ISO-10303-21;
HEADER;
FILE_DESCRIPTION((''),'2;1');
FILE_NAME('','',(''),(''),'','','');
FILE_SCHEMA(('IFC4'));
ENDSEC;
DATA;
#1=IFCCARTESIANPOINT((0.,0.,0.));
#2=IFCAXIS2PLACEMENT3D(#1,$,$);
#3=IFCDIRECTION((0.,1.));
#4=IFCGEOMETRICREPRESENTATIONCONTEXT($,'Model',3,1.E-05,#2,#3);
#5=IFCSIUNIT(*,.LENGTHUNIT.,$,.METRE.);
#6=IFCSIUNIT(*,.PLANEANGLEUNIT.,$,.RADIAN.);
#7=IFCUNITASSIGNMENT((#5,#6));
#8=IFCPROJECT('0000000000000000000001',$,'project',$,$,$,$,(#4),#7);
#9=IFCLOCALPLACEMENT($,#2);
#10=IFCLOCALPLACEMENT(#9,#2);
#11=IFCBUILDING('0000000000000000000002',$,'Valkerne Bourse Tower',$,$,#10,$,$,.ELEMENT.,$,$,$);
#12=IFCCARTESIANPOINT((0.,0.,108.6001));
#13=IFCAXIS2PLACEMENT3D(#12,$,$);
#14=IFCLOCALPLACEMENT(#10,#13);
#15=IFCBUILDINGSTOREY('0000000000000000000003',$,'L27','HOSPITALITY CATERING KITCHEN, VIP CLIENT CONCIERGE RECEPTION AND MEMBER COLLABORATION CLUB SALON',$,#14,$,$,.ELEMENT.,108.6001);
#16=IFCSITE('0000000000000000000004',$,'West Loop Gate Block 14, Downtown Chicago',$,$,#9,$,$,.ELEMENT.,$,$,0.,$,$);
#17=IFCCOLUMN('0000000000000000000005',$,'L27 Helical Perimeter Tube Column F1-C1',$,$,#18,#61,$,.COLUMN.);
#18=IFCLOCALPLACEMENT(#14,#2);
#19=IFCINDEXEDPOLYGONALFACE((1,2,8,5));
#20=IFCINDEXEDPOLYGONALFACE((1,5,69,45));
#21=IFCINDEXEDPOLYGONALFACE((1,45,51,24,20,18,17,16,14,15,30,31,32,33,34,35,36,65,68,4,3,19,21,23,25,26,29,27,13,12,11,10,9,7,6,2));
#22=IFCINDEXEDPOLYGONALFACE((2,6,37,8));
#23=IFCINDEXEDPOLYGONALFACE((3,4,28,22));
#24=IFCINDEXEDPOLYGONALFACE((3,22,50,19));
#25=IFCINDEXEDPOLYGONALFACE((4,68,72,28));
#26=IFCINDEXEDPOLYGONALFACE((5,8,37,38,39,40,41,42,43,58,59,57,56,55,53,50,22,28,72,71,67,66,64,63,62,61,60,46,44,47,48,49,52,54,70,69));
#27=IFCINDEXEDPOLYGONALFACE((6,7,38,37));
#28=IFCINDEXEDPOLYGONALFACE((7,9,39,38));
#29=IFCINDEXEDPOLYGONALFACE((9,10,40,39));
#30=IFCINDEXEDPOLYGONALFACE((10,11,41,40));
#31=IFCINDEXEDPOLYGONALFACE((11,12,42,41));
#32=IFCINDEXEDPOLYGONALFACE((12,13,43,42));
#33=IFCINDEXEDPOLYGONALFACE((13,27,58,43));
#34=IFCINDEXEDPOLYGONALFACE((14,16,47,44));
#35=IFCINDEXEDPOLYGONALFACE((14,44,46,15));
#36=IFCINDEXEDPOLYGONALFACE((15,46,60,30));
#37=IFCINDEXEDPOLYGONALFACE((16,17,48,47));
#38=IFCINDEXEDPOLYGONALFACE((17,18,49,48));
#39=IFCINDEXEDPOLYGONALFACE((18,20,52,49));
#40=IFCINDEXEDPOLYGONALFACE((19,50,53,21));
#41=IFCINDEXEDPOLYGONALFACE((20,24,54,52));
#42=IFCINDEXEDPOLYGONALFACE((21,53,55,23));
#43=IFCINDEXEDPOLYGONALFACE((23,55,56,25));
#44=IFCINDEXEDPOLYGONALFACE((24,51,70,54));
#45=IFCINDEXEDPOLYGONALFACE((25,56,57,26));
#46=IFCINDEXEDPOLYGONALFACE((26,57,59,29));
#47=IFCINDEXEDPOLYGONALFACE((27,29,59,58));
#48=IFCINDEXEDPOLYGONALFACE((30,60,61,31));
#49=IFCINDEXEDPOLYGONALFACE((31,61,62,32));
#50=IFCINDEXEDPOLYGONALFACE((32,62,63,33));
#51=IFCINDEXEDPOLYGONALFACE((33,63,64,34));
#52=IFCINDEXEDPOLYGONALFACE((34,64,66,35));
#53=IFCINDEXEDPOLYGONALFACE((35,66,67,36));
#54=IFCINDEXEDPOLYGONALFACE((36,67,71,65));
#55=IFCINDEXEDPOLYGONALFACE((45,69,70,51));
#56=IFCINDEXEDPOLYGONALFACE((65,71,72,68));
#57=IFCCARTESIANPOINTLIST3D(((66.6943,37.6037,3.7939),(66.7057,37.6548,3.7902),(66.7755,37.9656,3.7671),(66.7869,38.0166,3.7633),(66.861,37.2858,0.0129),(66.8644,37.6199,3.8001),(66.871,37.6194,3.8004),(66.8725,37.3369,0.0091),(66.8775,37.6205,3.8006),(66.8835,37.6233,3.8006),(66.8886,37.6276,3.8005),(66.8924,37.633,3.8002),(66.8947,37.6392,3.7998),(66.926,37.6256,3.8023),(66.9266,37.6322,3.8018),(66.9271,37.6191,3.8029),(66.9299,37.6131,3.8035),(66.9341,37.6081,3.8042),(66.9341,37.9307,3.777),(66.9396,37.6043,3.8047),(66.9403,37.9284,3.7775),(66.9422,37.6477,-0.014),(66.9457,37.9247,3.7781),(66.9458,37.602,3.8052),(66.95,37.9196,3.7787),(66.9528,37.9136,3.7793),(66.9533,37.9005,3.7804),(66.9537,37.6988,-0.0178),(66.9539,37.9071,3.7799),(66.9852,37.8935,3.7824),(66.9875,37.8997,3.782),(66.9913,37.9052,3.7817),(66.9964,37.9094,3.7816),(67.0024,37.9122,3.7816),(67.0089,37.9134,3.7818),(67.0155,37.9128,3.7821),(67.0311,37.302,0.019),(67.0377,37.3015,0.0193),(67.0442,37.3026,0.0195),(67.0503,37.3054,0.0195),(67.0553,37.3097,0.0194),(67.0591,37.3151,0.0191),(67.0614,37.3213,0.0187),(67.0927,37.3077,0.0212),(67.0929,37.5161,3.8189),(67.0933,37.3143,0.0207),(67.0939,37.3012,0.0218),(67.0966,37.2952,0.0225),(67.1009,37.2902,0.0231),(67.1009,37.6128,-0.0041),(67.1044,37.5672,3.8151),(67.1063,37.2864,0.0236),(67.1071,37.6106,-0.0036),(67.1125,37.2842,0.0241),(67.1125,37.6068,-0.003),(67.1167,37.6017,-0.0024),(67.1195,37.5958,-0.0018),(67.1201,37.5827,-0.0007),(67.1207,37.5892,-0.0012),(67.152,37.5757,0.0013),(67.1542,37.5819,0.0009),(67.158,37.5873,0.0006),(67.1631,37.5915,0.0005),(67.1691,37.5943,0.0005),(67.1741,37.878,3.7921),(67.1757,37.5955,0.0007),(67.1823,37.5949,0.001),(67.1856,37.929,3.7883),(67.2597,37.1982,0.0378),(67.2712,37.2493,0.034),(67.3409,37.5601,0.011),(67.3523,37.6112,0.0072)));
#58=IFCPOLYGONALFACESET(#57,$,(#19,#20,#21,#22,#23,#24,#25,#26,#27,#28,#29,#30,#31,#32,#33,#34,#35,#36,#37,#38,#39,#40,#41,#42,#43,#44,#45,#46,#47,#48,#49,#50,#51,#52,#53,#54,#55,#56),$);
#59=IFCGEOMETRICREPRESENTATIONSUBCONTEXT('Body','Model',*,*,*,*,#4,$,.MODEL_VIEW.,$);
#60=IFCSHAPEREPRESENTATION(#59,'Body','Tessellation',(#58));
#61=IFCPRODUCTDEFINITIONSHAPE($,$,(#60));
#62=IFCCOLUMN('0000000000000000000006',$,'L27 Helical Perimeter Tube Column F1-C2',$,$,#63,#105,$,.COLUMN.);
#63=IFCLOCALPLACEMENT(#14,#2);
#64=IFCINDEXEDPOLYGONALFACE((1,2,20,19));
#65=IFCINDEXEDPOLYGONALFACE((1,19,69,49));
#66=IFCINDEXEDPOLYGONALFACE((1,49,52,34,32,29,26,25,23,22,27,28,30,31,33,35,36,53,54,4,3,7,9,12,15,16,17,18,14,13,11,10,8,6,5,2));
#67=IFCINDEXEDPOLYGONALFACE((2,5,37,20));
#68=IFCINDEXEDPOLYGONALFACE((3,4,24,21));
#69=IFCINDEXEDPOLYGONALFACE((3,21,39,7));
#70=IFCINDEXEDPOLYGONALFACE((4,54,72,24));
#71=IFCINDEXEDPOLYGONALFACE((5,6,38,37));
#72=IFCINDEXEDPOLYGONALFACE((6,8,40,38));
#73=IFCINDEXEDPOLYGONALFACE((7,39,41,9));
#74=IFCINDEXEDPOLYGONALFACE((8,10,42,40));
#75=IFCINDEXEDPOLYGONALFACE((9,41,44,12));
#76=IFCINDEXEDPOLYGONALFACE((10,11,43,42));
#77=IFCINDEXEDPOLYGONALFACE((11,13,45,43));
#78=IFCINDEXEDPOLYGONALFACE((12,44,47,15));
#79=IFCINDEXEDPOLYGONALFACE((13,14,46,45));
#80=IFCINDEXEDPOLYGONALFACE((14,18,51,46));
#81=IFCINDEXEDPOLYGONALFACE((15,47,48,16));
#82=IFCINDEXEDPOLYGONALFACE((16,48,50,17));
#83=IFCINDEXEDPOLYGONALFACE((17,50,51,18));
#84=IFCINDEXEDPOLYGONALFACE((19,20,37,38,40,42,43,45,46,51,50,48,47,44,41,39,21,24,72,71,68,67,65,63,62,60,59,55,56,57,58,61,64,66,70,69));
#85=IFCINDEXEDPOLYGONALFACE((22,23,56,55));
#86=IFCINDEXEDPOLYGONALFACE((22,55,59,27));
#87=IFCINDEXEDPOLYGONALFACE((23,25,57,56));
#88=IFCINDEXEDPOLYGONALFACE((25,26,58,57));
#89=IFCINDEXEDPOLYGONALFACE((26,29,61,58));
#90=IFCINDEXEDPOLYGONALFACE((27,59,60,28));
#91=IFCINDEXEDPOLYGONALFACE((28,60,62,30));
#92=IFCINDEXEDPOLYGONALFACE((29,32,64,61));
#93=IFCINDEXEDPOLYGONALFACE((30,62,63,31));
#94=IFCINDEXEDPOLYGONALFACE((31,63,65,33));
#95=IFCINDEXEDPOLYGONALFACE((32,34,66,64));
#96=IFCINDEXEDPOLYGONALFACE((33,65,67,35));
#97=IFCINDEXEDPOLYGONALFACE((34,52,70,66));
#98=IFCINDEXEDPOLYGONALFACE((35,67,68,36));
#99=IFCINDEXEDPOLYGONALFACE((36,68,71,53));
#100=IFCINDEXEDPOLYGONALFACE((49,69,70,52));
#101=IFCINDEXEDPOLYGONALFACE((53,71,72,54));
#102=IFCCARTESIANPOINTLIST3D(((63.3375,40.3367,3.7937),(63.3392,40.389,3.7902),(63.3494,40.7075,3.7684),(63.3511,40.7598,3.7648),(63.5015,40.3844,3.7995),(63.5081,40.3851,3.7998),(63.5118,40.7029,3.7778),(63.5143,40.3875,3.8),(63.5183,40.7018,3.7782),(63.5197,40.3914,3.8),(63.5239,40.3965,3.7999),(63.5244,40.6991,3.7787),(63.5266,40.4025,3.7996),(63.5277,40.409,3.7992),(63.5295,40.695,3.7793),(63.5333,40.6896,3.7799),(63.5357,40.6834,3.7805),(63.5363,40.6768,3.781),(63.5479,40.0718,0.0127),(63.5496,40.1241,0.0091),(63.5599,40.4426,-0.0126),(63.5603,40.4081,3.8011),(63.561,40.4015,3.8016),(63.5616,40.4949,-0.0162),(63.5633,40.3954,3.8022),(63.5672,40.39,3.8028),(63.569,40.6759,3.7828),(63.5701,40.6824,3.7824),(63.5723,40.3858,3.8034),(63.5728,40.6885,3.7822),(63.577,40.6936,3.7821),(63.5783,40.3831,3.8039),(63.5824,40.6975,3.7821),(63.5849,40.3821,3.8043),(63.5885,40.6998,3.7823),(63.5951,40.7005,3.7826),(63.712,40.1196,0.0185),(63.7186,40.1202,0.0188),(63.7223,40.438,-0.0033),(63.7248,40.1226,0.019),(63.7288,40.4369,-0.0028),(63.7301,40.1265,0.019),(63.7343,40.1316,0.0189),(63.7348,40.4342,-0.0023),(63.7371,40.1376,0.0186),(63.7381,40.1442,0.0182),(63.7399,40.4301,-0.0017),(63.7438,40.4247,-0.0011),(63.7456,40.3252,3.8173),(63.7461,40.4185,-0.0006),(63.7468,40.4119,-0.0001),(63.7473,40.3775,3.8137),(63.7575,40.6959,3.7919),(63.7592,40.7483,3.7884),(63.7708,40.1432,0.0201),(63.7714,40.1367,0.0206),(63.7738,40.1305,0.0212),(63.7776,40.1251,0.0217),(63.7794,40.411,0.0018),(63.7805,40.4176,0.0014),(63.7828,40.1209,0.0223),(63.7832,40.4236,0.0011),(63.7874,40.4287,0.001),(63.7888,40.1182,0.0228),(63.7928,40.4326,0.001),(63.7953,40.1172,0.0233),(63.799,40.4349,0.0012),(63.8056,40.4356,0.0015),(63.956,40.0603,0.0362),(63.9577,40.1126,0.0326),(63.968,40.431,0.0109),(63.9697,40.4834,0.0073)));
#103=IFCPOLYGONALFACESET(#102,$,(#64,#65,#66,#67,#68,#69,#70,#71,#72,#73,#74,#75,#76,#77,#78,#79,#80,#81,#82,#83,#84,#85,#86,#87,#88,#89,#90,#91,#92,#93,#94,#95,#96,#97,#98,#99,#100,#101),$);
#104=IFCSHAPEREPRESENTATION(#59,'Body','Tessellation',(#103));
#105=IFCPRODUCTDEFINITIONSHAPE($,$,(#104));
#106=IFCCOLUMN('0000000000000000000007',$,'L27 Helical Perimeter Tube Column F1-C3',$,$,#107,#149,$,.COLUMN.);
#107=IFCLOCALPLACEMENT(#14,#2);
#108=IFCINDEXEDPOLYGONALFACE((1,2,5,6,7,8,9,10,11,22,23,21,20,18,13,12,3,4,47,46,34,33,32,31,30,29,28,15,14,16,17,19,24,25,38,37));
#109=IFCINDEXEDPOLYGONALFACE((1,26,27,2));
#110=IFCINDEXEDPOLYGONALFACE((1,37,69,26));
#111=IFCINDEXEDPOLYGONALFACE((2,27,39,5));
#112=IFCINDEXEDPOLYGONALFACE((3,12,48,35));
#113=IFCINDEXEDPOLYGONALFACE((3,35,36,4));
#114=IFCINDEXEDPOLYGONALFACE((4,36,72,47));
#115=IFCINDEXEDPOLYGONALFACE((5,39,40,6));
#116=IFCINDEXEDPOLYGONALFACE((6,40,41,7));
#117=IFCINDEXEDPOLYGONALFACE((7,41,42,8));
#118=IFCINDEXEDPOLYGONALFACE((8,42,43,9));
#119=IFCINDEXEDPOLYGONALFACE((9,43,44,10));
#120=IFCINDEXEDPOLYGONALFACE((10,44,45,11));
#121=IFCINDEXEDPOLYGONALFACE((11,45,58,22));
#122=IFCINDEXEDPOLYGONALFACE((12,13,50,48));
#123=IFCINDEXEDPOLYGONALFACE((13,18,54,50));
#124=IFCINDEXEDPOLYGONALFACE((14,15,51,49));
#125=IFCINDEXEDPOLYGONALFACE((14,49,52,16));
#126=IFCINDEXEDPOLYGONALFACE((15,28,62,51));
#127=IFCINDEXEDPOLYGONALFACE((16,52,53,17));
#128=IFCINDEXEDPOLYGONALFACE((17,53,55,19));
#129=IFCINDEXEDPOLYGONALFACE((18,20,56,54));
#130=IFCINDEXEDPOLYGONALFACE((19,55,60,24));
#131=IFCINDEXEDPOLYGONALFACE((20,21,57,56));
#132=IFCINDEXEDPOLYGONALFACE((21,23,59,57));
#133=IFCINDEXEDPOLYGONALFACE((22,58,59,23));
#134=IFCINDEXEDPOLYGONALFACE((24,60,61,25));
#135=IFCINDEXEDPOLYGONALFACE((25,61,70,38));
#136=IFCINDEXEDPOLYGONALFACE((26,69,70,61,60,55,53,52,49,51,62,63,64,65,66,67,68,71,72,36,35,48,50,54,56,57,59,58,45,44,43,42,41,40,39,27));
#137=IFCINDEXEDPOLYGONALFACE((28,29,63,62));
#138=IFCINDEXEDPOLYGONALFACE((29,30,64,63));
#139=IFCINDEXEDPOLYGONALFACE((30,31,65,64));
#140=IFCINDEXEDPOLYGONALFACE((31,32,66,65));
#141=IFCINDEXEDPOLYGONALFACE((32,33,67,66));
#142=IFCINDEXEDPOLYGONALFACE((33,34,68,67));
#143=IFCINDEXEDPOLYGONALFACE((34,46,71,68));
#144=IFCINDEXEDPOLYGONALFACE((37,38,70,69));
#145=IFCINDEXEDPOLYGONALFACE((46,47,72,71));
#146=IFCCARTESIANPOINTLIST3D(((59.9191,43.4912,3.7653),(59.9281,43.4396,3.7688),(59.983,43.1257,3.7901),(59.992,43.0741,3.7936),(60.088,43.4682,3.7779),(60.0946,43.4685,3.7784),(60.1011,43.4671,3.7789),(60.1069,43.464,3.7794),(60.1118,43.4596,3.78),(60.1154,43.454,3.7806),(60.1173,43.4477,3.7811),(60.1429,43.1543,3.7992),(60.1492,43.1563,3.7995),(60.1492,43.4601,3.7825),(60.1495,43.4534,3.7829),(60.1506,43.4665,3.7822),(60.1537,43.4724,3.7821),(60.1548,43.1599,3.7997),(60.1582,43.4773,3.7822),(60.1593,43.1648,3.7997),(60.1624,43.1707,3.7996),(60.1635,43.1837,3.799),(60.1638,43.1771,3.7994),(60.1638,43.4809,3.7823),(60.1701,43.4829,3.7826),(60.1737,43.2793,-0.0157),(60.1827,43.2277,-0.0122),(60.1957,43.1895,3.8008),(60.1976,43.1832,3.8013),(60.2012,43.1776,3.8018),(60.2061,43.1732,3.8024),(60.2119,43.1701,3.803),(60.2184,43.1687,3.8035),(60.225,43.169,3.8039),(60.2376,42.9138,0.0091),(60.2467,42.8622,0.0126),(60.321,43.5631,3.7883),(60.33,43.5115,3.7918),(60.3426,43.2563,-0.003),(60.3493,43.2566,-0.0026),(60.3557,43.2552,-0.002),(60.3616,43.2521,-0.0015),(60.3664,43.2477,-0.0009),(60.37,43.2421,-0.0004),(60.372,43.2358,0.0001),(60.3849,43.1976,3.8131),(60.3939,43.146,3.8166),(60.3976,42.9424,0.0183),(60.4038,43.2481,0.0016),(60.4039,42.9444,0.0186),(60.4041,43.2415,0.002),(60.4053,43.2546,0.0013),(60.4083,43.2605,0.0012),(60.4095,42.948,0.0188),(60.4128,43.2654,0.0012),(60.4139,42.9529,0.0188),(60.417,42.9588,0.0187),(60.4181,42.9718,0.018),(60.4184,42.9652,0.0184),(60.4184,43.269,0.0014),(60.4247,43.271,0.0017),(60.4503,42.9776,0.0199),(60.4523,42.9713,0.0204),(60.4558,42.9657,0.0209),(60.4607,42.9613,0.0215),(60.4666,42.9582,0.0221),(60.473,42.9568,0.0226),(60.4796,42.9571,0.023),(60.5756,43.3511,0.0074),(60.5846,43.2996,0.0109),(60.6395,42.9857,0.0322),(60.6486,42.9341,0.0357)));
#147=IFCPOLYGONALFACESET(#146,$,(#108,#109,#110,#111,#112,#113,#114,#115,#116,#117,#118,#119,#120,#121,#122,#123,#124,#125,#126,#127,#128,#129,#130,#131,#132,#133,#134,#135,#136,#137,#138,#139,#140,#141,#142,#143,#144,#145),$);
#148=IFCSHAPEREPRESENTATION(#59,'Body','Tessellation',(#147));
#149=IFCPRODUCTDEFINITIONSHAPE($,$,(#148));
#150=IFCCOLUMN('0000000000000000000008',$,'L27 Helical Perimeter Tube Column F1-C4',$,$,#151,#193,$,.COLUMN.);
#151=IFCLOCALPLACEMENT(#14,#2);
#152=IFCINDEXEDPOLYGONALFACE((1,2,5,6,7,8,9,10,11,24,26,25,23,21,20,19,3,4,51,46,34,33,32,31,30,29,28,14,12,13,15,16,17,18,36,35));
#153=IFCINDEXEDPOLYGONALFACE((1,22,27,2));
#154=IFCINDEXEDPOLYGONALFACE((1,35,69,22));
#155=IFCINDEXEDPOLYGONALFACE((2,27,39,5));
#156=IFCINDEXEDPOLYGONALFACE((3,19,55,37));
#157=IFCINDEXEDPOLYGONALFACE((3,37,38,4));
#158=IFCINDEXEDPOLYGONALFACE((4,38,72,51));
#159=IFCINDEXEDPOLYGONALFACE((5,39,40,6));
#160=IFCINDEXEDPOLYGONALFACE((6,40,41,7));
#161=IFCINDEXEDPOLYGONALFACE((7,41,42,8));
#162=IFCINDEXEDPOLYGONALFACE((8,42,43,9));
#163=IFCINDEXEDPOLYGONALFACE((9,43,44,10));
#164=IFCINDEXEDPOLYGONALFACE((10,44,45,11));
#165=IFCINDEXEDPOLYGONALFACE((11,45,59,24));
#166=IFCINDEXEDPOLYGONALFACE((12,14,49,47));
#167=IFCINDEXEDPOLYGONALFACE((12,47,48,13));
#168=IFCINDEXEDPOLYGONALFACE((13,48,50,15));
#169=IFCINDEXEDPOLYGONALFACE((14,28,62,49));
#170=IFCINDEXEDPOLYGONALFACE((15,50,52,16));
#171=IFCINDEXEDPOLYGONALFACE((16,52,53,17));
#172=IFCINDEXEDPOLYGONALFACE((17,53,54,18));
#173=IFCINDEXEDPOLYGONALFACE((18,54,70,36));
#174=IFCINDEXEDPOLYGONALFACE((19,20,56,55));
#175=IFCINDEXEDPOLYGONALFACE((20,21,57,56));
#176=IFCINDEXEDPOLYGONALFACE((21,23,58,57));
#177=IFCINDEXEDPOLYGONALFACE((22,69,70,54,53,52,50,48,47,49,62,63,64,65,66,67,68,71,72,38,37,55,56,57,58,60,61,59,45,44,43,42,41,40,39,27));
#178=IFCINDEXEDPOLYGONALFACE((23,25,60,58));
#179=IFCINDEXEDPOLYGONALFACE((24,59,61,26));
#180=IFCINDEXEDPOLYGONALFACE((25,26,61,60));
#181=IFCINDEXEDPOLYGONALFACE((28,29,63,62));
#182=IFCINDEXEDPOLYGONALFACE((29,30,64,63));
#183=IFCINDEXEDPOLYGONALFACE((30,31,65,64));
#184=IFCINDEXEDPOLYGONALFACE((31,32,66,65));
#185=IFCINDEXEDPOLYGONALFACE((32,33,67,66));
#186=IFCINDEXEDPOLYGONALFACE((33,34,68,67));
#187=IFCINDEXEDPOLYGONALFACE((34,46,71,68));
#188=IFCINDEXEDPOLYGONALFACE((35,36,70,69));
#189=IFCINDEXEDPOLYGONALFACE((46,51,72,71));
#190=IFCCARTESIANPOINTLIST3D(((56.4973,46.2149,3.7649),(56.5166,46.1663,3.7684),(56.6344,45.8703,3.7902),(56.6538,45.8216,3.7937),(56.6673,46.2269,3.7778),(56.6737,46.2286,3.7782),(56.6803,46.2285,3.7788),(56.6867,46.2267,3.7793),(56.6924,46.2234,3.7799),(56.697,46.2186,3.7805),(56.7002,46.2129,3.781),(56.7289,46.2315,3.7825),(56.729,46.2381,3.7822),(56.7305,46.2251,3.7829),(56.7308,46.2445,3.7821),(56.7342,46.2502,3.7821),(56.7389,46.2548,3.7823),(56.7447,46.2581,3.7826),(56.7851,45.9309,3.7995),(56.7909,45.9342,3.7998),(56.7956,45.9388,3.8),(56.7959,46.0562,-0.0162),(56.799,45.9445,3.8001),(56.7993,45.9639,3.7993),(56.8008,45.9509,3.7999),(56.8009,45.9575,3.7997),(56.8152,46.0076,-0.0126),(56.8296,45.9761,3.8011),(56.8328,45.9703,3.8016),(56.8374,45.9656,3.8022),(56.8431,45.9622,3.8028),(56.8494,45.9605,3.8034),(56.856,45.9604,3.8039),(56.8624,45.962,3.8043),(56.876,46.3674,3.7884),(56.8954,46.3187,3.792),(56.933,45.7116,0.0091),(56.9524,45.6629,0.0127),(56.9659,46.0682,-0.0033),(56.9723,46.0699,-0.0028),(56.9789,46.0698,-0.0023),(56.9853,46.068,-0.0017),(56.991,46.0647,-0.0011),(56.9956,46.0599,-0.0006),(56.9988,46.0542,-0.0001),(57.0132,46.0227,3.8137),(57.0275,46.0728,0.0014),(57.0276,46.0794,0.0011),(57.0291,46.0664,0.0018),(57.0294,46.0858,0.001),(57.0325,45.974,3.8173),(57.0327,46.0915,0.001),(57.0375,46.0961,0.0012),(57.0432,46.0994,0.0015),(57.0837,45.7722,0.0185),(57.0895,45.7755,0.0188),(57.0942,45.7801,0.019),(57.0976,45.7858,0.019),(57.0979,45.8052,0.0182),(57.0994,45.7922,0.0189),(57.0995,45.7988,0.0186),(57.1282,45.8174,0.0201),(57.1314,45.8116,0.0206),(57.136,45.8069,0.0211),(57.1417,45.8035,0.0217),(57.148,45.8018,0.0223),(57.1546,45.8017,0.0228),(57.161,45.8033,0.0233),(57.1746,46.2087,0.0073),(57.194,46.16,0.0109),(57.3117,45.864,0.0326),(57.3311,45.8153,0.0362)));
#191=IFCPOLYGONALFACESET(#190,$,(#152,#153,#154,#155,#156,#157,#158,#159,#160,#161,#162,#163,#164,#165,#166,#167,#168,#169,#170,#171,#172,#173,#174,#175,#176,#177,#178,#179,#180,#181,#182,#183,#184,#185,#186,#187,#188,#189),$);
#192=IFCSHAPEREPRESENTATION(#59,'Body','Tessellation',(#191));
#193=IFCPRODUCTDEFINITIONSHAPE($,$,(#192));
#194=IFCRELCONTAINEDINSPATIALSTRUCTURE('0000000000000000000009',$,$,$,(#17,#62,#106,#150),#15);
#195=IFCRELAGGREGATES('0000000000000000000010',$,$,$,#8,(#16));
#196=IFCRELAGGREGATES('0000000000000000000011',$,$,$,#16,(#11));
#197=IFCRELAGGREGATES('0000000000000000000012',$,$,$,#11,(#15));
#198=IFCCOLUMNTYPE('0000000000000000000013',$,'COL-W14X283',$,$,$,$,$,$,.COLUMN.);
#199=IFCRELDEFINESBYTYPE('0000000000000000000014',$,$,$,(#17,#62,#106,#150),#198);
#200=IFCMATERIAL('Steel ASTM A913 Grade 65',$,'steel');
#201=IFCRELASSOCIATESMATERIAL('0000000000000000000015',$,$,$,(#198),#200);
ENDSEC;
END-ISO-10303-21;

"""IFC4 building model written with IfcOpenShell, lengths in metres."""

from ifc_helpers import new_model, si_unit, direction, frame, origin, origin_2d, place, context, subcontext, project, spatial, i_section, extrude, material, material_profile, profile_set, type_object, element, save


model = new_model("IFC4")

# Units and contexts
model_context = context("Model", 3, precision=1e-05, world=origin(), true_north=direction((0.0, 1.0)))
body_context = subcontext(model_context, "Body", "Model", "MODEL_VIEW")
ifc_project = project(units=[si_unit("LENGTHUNIT", "METRE"), si_unit("PLANEANGLEUNIT", "RADIAN")], contexts=[model_context])

# Site, building, storey
site_placement = place(None, origin())
site = spatial("IfcSite", under=ifc_project, at=site_placement, Name="West Loop Gate Block 14, Downtown Chicago", CompositionType="ELEMENT", RefElevation=0.0)
building_placement = place(site_placement, origin())
building = spatial("IfcBuilding", under=site, at=building_placement, Name="Valkerne Bourse Tower", CompositionType="ELEMENT")
storey_placement = place(building_placement, frame((0.0, 0.0, 108.6001)))
storey = spatial("IfcBuildingStorey", under=building, at=storey_placement, Name="L27", Description="HOSPITALITY CATERING KITCHEN, VIP CLIENT CONCIERGE RECEPTION AND MEMBER COLLABORATION CLUB SALON", CompositionType="ELEMENT", Elevation=108.6001)

# Columns
ifc_material_1 = material(Name="Steel ASTM A913 Grade 65", Category="steel")
ifc_material_profile_1 = material_profile(ifc_material_1, i_section(OverallWidth=0.4089, OverallDepth=0.4243, WebThickness=0.0327, FlangeThickness=0.0525, FilletRadius=0.0254, at=origin_2d()), Name="W14X283")
ifc_profile_set_1 = profile_set([ifc_material_profile_1], Name="Steel ASTM A913 Grade 65")
column_type = type_object("IfcColumnType", Name="COL-W14X283", PredefinedType="COLUMN", material=ifc_profile_set_1)
column_1_placement = place(storey_placement, frame((67.1067, 37.4485, 0.01), z_axis=(-0.043904, 0.083694, 0.995524), x_axis=(0.97488, -0.214213, 0.061003)))
element("IfcColumn", 1, at=column_1_placement, inside=storey, type_object=column_type, Name="L27 Helical Perimeter Tube Column F1-C1", PredefinedType="COLUMN", context=body_context, shape_type="SweptSolid", body=[
    extrude(i_section(OverallWidth=0.4089, OverallDepth=0.4243, WebThickness=0.0327, FlangeThickness=0.0525, FilletRadius=0.0254, at=origin_2d()), origin(), (0.0, 0.0, 1.0), 3.7981),
])
column_2_placement = place(storey_placement, frame((63.7588, 40.2776, 0.01), z_axis=(-0.055438, 0.06978, 0.996021), x_axis=(0.997944, -0.028247, 0.057524)))
element("IfcColumn", 2, at=column_2_placement, inside=storey, type_object=column_type, Name="L27 Helical Perimeter Tube Column F1-C2", PredefinedType="COLUMN", context=body_context, shape_type="SweptSolid", body=[
    extrude(i_section(OverallWidth=0.4089, OverallDepth=0.4243, WebThickness=0.0327, FlangeThickness=0.0525, FilletRadius=0.0254, at=origin_2d()), origin(), (0.0, 0.0, 1.0), 3.7961),
])
column_3_placement = place(storey_placement, frame((60.4111, 43.1067, 0.01), z_axis=(-0.06709, 0.055833, 0.996184), x_axis=(0.982816, 0.175779, 0.056338)))
element("IfcColumn", 3, at=column_3_placement, inside=storey, type_object=column_type, Name="L27 Helical Perimeter Tube Column F1-C3", PredefinedType="COLUMN", context=body_context, shape_type="SweptSolid", body=[
    extrude(i_section(OverallWidth=0.4089, OverallDepth=0.4243, WebThickness=0.0327, FlangeThickness=0.0525, FilletRadius=0.0254, at=origin_2d()), origin(), (0.0, 0.0, 1.0), 3.7954),
])
column_4_placement = place(storey_placement, frame((57.0635, 45.9358, 0.01), z_axis=(-0.078656, 0.041804, 0.996025), x_axis=(0.926154, 0.372738, 0.057494)))
element("IfcColumn", 4, at=column_4_placement, inside=storey, type_object=column_type, Name="L27 Helical Perimeter Tube Column F1-C4", PredefinedType="COLUMN", context=body_context, shape_type="SweptSolid", body=[
    extrude(i_section(OverallWidth=0.4089, OverallDepth=0.4243, WebThickness=0.0327, FlangeThickness=0.0525, FilletRadius=0.0254, at=origin_2d()), origin(), (0.0, 0.0, 1.0), 3.7961),
])

save(model, "model.ifc")
